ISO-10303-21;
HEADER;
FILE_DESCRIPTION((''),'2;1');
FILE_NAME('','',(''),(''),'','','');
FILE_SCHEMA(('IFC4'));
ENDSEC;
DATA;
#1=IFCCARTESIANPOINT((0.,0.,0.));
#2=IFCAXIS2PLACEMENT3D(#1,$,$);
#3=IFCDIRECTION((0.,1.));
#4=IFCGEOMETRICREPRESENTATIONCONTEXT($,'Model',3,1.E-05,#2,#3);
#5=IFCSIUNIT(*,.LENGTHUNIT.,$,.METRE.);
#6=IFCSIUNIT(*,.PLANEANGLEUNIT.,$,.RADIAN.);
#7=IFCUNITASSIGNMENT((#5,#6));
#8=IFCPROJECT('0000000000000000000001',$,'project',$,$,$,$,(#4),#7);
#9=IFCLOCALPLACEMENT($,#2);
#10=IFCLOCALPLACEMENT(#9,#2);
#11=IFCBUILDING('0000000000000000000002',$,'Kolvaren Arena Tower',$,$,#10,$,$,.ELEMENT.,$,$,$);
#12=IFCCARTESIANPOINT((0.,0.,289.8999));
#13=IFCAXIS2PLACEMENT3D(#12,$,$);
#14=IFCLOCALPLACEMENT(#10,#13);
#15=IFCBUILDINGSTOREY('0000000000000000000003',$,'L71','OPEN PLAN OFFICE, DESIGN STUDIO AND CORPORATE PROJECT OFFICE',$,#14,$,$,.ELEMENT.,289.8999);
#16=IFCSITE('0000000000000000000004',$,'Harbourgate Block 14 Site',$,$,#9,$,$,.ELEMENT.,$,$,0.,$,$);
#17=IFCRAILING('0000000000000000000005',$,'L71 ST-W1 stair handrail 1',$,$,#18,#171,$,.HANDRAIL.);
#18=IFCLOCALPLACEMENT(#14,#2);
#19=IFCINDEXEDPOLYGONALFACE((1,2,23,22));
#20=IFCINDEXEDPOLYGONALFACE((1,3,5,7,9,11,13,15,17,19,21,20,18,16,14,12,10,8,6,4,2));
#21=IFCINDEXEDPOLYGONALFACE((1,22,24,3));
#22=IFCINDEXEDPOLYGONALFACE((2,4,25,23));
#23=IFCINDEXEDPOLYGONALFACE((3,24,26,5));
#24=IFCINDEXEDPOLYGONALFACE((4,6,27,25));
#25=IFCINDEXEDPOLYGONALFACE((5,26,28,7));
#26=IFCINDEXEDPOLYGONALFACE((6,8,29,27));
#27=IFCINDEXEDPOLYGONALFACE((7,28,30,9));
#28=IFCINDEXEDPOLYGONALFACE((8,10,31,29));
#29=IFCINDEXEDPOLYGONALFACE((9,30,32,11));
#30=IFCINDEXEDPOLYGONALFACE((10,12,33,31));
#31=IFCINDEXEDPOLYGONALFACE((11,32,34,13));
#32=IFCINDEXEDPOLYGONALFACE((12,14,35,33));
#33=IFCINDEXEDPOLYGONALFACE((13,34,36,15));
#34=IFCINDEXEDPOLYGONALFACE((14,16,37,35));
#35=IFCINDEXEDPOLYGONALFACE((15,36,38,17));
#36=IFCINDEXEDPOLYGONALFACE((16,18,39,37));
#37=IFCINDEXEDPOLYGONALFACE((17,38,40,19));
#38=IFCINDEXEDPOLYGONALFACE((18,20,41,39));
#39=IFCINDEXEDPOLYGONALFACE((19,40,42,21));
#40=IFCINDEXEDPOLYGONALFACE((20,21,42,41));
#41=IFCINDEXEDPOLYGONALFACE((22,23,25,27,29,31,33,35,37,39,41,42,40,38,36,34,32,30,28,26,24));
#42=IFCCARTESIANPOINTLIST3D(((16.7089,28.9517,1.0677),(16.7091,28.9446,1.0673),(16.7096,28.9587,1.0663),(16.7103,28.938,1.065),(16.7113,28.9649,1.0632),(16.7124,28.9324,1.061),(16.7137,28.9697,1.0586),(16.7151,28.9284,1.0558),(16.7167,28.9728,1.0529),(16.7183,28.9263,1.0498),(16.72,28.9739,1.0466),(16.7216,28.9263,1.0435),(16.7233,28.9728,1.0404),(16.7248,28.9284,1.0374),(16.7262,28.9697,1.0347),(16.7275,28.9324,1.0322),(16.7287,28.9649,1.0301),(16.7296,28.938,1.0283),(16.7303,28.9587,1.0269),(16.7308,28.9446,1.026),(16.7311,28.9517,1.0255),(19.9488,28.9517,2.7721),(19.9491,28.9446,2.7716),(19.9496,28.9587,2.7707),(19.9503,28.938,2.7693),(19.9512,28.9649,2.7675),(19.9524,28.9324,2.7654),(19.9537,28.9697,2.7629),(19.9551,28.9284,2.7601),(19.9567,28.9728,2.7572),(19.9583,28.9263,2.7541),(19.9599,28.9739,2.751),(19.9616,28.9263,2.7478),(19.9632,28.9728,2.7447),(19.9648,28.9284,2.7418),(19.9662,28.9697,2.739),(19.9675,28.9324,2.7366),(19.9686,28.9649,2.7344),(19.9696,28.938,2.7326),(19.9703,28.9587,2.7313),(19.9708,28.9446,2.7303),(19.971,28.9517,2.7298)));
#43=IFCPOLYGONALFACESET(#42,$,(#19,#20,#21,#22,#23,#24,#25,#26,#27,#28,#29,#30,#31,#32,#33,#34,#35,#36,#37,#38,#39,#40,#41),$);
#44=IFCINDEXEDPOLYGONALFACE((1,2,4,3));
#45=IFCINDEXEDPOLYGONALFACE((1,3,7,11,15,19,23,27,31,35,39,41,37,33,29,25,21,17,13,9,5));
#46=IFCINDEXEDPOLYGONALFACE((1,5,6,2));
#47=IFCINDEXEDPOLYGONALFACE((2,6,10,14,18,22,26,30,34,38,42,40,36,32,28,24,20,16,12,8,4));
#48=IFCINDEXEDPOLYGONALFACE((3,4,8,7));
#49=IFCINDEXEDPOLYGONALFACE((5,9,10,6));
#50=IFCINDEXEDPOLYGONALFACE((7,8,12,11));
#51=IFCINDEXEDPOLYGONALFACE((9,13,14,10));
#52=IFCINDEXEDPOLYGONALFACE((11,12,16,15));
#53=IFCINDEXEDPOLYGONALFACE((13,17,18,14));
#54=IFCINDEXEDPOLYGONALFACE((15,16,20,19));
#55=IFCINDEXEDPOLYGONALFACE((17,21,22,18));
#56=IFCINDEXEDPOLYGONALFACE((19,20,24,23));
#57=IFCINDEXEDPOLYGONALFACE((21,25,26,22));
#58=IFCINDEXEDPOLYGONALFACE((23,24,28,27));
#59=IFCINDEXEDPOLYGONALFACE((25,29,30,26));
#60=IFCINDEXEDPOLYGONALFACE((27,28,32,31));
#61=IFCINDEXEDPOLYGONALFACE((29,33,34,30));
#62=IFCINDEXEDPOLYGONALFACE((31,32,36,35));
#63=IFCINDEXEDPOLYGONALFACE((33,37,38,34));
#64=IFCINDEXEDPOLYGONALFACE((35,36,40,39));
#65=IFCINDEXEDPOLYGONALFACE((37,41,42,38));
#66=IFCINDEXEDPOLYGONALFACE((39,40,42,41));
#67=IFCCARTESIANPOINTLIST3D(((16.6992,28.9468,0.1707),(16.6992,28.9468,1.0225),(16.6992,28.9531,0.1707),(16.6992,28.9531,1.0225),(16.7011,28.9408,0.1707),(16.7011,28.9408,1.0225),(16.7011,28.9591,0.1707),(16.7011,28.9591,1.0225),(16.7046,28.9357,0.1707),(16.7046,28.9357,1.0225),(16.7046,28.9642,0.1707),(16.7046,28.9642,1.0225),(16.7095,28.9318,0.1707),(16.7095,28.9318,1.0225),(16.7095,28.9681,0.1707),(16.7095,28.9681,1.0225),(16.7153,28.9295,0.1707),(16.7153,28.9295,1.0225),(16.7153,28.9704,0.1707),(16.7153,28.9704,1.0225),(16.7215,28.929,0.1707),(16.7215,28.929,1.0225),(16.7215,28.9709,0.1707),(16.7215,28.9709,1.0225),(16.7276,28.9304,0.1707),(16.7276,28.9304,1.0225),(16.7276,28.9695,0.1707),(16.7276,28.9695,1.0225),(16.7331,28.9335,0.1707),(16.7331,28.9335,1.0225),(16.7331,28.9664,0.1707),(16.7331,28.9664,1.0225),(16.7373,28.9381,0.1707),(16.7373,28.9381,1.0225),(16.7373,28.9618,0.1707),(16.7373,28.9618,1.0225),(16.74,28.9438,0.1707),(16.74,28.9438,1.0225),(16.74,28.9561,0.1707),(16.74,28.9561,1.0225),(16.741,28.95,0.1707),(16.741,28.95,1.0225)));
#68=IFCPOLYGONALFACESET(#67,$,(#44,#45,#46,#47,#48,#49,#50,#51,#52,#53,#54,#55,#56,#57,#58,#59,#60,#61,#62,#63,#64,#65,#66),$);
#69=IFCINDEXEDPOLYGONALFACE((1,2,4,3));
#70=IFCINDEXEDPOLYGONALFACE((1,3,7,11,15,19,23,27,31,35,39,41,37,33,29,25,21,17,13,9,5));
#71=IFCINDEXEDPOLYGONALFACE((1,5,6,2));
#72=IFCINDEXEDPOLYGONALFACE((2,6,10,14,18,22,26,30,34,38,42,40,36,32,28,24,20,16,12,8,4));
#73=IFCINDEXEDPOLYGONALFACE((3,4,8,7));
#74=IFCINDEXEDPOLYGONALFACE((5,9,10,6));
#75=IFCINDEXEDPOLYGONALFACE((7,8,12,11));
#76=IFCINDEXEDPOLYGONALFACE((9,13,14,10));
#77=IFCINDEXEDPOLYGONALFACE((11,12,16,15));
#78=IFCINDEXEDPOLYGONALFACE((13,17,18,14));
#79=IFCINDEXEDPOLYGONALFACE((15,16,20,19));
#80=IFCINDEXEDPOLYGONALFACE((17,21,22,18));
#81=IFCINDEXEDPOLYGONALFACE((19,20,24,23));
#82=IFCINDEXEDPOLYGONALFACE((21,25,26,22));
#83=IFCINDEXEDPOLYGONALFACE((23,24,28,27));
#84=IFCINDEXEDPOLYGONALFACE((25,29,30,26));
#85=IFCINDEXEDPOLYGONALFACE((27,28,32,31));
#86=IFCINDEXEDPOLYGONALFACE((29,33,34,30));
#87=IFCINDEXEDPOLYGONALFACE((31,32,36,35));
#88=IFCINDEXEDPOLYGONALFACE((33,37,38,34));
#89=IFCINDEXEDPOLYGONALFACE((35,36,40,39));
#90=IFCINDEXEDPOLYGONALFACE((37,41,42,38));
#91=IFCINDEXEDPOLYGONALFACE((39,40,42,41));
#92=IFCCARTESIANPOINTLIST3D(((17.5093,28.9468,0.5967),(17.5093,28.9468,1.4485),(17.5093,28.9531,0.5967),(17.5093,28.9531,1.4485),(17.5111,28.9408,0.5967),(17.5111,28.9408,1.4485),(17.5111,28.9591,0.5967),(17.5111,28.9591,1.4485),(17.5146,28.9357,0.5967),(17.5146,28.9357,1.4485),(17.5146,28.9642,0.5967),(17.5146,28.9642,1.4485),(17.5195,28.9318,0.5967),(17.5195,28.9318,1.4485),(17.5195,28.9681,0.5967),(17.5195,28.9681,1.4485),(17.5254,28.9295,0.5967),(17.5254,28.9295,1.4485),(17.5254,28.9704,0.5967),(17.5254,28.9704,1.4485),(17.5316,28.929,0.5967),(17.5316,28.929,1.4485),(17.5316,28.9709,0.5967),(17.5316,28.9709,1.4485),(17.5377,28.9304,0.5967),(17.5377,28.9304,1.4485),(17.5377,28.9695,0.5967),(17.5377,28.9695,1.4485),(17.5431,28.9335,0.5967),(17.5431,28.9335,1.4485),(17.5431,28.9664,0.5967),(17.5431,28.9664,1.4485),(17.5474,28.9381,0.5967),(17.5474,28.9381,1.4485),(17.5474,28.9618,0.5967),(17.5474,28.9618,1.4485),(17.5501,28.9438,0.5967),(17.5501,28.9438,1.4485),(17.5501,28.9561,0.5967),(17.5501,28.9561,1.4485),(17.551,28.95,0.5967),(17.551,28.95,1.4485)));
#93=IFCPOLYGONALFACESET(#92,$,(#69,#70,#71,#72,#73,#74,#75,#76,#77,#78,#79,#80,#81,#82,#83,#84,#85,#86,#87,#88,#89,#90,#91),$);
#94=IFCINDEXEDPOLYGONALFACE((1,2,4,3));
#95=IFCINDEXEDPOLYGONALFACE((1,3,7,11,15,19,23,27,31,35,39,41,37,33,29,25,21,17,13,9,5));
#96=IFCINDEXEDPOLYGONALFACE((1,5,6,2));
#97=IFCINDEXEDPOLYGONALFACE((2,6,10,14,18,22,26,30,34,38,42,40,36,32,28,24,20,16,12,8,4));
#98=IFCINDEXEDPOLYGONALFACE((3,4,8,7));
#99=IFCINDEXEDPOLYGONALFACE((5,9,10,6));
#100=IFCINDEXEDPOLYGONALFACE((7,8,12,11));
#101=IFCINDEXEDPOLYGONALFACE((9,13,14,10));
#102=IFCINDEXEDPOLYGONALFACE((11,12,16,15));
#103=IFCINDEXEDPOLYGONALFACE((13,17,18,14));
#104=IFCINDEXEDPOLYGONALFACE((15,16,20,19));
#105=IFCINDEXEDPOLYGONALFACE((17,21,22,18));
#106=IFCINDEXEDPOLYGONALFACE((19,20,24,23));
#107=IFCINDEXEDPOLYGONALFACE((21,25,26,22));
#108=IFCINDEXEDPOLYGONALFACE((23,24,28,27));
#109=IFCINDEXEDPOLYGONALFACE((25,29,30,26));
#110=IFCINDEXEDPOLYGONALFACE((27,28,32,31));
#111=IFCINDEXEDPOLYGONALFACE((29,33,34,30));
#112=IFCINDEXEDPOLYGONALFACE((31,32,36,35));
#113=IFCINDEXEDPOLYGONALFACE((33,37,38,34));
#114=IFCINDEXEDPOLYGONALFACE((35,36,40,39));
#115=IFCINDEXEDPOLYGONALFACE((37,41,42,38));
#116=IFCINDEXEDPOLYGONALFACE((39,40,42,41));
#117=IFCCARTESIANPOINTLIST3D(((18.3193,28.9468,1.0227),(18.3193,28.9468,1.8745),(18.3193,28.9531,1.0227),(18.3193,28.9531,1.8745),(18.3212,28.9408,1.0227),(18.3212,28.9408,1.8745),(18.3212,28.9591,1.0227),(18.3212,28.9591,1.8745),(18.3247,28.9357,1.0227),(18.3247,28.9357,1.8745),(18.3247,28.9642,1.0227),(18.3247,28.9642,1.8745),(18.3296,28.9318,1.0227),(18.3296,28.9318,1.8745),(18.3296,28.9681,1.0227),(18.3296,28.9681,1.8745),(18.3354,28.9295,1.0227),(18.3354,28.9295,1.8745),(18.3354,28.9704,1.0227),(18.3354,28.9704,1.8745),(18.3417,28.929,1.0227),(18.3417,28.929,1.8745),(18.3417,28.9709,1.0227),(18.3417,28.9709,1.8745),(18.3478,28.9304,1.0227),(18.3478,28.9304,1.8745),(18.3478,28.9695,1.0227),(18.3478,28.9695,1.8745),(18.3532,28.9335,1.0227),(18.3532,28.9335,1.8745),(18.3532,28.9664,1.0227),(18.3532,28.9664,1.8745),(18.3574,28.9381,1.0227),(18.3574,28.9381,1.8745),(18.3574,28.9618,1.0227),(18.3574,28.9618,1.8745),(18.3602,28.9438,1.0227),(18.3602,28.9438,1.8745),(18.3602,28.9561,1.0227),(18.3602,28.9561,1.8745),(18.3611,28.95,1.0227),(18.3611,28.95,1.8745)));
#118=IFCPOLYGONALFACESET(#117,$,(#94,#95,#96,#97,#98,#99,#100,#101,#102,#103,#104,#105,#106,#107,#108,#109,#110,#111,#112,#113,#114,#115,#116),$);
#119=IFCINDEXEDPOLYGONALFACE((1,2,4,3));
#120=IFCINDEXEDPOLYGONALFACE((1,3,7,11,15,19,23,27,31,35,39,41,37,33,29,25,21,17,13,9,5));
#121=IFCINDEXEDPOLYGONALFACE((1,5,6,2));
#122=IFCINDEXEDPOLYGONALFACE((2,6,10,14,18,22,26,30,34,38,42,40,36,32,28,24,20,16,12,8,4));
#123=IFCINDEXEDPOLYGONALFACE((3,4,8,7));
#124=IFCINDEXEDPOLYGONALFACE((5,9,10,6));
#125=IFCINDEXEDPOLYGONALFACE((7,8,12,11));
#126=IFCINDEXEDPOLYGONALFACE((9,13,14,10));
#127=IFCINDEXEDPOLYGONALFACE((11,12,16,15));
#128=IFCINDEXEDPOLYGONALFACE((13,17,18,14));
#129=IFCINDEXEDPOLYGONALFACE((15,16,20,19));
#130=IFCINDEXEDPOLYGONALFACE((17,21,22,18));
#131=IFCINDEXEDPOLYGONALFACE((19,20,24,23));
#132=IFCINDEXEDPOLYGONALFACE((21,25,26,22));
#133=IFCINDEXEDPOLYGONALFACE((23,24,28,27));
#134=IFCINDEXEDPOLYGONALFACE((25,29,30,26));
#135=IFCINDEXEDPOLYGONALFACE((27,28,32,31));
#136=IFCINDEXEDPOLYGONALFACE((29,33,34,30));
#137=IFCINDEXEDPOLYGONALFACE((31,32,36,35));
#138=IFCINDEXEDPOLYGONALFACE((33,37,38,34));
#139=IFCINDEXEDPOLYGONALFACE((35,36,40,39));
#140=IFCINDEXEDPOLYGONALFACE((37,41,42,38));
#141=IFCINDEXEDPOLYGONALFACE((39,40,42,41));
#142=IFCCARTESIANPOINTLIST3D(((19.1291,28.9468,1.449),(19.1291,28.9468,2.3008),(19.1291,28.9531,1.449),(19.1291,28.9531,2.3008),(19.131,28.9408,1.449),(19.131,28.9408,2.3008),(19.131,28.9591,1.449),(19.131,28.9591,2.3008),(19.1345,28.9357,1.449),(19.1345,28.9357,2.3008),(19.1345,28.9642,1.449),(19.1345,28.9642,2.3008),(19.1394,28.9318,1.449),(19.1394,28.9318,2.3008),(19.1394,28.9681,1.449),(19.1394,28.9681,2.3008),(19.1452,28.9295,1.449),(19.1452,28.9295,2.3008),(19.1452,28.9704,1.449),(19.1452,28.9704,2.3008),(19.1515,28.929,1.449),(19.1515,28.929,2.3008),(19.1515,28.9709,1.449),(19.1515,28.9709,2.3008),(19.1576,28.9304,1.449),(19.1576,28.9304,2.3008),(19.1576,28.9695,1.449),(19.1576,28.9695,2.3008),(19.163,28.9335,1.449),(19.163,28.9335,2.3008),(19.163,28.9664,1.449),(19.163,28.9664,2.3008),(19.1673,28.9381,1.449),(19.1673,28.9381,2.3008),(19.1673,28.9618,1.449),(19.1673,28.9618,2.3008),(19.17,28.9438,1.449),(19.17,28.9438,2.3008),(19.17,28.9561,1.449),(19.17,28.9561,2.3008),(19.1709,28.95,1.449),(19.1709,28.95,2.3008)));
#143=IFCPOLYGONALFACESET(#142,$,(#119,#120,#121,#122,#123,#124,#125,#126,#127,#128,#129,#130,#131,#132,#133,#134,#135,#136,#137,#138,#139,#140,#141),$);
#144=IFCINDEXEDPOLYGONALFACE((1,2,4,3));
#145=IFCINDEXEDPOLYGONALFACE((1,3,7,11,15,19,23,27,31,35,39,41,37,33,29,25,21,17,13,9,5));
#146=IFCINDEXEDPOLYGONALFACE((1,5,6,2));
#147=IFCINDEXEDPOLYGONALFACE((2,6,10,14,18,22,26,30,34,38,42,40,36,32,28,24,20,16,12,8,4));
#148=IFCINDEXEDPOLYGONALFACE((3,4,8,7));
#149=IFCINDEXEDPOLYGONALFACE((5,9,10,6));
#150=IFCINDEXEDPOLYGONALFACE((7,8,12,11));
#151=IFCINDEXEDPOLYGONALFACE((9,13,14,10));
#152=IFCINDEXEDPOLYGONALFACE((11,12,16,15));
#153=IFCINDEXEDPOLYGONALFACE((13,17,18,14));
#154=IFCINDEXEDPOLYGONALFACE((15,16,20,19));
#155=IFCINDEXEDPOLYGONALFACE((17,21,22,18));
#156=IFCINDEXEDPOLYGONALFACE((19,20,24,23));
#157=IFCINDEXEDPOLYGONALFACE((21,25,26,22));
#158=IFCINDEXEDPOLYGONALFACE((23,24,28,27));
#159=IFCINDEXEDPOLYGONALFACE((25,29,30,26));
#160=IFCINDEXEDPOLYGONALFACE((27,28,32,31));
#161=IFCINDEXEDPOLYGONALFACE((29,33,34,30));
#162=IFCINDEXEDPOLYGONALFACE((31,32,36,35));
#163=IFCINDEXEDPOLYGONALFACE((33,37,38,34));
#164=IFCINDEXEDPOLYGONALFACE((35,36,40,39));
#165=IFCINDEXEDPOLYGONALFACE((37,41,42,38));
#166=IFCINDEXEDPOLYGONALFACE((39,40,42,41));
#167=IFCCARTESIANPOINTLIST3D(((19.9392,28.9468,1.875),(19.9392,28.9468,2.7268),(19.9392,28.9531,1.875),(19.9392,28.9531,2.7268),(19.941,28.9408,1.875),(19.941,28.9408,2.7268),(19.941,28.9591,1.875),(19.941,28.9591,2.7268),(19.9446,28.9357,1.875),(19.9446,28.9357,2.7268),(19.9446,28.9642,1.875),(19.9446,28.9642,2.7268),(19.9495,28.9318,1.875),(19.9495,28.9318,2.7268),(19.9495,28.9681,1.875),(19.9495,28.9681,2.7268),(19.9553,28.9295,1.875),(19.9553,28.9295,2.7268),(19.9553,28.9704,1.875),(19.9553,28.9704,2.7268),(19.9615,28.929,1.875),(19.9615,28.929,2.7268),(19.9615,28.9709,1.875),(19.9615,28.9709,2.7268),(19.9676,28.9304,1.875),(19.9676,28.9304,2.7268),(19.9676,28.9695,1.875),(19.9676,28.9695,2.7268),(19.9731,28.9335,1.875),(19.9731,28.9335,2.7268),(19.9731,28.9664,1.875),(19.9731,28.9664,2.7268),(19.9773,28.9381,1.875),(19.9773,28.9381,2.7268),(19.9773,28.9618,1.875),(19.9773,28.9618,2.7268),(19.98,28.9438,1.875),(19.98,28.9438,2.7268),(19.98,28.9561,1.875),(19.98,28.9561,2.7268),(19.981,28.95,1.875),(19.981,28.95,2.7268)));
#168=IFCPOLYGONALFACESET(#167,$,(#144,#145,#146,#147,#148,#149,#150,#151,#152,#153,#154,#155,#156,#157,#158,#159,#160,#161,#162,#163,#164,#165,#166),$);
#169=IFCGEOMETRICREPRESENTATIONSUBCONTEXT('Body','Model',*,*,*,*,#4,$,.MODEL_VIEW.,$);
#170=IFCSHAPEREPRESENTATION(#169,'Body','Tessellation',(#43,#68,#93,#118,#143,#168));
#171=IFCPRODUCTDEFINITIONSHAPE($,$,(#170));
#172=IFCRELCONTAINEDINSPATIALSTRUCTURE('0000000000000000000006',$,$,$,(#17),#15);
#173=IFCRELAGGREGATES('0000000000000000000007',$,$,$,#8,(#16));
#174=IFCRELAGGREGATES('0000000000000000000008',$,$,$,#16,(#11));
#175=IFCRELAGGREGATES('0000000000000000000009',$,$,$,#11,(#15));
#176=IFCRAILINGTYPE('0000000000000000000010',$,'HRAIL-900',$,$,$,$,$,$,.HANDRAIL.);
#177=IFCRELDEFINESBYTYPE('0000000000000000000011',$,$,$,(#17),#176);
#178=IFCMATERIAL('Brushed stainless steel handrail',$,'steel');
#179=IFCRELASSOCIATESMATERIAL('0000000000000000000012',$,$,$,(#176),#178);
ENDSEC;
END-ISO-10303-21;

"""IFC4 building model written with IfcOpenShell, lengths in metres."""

from ifc_helpers import new_model, si_unit, direction, frame, origin, origin_2d, place, context, subcontext, project, spatial, circle, extrude, material, type_object, element, save


model = new_model("IFC4")

# Units and contexts
model_context = context("Model", 3, precision=1e-05, world=origin(), true_north=direction((0.0, 1.0)))
body_context = subcontext(model_context, "Body", "Model", "MODEL_VIEW")
ifc_project = project(units=[si_unit("LENGTHUNIT", "METRE"), si_unit("PLANEANGLEUNIT", "RADIAN")], contexts=[model_context])

# Site, building, storey
site_placement = place(None, origin())
site = spatial("IfcSite", under=ifc_project, at=site_placement, Name="Harbourgate Block 14 Site", CompositionType="ELEMENT", RefElevation=0.0)
building_placement = place(site_placement, origin())
building = spatial("IfcBuilding", under=site, at=building_placement, Name="Kolvaren Arena Tower", CompositionType="ELEMENT")
storey_placement = place(building_placement, frame((0.0, 0.0, 289.8999)))
storey = spatial("IfcBuildingStorey", under=building, at=storey_placement, Name="L71", Description="OPEN PLAN OFFICE, DESIGN STUDIO AND CORPORATE PROJECT OFFICE", CompositionType="ELEMENT", Elevation=289.8999)

# Railing
ifc_material_1 = material(Name="Brushed stainless steel handrail", Category="steel")
railing_type_1 = type_object("IfcRailingType", Name="HRAIL-900", PredefinedType="HANDRAIL", material=ifc_material_1)
railing_1_placement = place(storey_placement, frame((16.72, 28.95, 0.1707)))
element("IfcRailing", 1, at=railing_1_placement, inside=storey, type_object=railing_type_1, Name="L71 ST-W1 stair handrail 1", PredefinedType="HANDRAIL", context=body_context, shape_type="SweptSolid", body=[
    extrude(circle(Radius=0.0239, at=origin_2d()), frame((0.0, 0.0, 0.876), z_axis=(0.885021, 0.0, 0.465551), x_axis=(0.0, 1.0, 0.0)), (0.0, 0.0, 1.0), 3.6609),
    extrude(circle(Radius=0.021, at=origin_2d()), origin(), (0.0, 0.0, 1.0), 0.8518),
    extrude(circle(Radius=0.021, at=origin_2d()), frame((0.8101, 0.0, 0.426)), (0.0, 0.0, 1.0), 0.8518),
    extrude(circle(Radius=0.021, at=origin_2d()), frame((1.6201, 0.0, 0.8521)), (0.0, 0.0, 1.0), 0.8518),
    extrude(circle(Radius=0.021, at=origin_2d()), frame((2.4299, 0.0, 1.2783)), (0.0, 0.0, 1.0), 0.8518),
    extrude(circle(Radius=0.021, at=origin_2d()), frame((3.24, 0.0, 1.7043)), (0.0, 0.0, 1.0), 0.8518),
])

save(model, "model.ifc")
